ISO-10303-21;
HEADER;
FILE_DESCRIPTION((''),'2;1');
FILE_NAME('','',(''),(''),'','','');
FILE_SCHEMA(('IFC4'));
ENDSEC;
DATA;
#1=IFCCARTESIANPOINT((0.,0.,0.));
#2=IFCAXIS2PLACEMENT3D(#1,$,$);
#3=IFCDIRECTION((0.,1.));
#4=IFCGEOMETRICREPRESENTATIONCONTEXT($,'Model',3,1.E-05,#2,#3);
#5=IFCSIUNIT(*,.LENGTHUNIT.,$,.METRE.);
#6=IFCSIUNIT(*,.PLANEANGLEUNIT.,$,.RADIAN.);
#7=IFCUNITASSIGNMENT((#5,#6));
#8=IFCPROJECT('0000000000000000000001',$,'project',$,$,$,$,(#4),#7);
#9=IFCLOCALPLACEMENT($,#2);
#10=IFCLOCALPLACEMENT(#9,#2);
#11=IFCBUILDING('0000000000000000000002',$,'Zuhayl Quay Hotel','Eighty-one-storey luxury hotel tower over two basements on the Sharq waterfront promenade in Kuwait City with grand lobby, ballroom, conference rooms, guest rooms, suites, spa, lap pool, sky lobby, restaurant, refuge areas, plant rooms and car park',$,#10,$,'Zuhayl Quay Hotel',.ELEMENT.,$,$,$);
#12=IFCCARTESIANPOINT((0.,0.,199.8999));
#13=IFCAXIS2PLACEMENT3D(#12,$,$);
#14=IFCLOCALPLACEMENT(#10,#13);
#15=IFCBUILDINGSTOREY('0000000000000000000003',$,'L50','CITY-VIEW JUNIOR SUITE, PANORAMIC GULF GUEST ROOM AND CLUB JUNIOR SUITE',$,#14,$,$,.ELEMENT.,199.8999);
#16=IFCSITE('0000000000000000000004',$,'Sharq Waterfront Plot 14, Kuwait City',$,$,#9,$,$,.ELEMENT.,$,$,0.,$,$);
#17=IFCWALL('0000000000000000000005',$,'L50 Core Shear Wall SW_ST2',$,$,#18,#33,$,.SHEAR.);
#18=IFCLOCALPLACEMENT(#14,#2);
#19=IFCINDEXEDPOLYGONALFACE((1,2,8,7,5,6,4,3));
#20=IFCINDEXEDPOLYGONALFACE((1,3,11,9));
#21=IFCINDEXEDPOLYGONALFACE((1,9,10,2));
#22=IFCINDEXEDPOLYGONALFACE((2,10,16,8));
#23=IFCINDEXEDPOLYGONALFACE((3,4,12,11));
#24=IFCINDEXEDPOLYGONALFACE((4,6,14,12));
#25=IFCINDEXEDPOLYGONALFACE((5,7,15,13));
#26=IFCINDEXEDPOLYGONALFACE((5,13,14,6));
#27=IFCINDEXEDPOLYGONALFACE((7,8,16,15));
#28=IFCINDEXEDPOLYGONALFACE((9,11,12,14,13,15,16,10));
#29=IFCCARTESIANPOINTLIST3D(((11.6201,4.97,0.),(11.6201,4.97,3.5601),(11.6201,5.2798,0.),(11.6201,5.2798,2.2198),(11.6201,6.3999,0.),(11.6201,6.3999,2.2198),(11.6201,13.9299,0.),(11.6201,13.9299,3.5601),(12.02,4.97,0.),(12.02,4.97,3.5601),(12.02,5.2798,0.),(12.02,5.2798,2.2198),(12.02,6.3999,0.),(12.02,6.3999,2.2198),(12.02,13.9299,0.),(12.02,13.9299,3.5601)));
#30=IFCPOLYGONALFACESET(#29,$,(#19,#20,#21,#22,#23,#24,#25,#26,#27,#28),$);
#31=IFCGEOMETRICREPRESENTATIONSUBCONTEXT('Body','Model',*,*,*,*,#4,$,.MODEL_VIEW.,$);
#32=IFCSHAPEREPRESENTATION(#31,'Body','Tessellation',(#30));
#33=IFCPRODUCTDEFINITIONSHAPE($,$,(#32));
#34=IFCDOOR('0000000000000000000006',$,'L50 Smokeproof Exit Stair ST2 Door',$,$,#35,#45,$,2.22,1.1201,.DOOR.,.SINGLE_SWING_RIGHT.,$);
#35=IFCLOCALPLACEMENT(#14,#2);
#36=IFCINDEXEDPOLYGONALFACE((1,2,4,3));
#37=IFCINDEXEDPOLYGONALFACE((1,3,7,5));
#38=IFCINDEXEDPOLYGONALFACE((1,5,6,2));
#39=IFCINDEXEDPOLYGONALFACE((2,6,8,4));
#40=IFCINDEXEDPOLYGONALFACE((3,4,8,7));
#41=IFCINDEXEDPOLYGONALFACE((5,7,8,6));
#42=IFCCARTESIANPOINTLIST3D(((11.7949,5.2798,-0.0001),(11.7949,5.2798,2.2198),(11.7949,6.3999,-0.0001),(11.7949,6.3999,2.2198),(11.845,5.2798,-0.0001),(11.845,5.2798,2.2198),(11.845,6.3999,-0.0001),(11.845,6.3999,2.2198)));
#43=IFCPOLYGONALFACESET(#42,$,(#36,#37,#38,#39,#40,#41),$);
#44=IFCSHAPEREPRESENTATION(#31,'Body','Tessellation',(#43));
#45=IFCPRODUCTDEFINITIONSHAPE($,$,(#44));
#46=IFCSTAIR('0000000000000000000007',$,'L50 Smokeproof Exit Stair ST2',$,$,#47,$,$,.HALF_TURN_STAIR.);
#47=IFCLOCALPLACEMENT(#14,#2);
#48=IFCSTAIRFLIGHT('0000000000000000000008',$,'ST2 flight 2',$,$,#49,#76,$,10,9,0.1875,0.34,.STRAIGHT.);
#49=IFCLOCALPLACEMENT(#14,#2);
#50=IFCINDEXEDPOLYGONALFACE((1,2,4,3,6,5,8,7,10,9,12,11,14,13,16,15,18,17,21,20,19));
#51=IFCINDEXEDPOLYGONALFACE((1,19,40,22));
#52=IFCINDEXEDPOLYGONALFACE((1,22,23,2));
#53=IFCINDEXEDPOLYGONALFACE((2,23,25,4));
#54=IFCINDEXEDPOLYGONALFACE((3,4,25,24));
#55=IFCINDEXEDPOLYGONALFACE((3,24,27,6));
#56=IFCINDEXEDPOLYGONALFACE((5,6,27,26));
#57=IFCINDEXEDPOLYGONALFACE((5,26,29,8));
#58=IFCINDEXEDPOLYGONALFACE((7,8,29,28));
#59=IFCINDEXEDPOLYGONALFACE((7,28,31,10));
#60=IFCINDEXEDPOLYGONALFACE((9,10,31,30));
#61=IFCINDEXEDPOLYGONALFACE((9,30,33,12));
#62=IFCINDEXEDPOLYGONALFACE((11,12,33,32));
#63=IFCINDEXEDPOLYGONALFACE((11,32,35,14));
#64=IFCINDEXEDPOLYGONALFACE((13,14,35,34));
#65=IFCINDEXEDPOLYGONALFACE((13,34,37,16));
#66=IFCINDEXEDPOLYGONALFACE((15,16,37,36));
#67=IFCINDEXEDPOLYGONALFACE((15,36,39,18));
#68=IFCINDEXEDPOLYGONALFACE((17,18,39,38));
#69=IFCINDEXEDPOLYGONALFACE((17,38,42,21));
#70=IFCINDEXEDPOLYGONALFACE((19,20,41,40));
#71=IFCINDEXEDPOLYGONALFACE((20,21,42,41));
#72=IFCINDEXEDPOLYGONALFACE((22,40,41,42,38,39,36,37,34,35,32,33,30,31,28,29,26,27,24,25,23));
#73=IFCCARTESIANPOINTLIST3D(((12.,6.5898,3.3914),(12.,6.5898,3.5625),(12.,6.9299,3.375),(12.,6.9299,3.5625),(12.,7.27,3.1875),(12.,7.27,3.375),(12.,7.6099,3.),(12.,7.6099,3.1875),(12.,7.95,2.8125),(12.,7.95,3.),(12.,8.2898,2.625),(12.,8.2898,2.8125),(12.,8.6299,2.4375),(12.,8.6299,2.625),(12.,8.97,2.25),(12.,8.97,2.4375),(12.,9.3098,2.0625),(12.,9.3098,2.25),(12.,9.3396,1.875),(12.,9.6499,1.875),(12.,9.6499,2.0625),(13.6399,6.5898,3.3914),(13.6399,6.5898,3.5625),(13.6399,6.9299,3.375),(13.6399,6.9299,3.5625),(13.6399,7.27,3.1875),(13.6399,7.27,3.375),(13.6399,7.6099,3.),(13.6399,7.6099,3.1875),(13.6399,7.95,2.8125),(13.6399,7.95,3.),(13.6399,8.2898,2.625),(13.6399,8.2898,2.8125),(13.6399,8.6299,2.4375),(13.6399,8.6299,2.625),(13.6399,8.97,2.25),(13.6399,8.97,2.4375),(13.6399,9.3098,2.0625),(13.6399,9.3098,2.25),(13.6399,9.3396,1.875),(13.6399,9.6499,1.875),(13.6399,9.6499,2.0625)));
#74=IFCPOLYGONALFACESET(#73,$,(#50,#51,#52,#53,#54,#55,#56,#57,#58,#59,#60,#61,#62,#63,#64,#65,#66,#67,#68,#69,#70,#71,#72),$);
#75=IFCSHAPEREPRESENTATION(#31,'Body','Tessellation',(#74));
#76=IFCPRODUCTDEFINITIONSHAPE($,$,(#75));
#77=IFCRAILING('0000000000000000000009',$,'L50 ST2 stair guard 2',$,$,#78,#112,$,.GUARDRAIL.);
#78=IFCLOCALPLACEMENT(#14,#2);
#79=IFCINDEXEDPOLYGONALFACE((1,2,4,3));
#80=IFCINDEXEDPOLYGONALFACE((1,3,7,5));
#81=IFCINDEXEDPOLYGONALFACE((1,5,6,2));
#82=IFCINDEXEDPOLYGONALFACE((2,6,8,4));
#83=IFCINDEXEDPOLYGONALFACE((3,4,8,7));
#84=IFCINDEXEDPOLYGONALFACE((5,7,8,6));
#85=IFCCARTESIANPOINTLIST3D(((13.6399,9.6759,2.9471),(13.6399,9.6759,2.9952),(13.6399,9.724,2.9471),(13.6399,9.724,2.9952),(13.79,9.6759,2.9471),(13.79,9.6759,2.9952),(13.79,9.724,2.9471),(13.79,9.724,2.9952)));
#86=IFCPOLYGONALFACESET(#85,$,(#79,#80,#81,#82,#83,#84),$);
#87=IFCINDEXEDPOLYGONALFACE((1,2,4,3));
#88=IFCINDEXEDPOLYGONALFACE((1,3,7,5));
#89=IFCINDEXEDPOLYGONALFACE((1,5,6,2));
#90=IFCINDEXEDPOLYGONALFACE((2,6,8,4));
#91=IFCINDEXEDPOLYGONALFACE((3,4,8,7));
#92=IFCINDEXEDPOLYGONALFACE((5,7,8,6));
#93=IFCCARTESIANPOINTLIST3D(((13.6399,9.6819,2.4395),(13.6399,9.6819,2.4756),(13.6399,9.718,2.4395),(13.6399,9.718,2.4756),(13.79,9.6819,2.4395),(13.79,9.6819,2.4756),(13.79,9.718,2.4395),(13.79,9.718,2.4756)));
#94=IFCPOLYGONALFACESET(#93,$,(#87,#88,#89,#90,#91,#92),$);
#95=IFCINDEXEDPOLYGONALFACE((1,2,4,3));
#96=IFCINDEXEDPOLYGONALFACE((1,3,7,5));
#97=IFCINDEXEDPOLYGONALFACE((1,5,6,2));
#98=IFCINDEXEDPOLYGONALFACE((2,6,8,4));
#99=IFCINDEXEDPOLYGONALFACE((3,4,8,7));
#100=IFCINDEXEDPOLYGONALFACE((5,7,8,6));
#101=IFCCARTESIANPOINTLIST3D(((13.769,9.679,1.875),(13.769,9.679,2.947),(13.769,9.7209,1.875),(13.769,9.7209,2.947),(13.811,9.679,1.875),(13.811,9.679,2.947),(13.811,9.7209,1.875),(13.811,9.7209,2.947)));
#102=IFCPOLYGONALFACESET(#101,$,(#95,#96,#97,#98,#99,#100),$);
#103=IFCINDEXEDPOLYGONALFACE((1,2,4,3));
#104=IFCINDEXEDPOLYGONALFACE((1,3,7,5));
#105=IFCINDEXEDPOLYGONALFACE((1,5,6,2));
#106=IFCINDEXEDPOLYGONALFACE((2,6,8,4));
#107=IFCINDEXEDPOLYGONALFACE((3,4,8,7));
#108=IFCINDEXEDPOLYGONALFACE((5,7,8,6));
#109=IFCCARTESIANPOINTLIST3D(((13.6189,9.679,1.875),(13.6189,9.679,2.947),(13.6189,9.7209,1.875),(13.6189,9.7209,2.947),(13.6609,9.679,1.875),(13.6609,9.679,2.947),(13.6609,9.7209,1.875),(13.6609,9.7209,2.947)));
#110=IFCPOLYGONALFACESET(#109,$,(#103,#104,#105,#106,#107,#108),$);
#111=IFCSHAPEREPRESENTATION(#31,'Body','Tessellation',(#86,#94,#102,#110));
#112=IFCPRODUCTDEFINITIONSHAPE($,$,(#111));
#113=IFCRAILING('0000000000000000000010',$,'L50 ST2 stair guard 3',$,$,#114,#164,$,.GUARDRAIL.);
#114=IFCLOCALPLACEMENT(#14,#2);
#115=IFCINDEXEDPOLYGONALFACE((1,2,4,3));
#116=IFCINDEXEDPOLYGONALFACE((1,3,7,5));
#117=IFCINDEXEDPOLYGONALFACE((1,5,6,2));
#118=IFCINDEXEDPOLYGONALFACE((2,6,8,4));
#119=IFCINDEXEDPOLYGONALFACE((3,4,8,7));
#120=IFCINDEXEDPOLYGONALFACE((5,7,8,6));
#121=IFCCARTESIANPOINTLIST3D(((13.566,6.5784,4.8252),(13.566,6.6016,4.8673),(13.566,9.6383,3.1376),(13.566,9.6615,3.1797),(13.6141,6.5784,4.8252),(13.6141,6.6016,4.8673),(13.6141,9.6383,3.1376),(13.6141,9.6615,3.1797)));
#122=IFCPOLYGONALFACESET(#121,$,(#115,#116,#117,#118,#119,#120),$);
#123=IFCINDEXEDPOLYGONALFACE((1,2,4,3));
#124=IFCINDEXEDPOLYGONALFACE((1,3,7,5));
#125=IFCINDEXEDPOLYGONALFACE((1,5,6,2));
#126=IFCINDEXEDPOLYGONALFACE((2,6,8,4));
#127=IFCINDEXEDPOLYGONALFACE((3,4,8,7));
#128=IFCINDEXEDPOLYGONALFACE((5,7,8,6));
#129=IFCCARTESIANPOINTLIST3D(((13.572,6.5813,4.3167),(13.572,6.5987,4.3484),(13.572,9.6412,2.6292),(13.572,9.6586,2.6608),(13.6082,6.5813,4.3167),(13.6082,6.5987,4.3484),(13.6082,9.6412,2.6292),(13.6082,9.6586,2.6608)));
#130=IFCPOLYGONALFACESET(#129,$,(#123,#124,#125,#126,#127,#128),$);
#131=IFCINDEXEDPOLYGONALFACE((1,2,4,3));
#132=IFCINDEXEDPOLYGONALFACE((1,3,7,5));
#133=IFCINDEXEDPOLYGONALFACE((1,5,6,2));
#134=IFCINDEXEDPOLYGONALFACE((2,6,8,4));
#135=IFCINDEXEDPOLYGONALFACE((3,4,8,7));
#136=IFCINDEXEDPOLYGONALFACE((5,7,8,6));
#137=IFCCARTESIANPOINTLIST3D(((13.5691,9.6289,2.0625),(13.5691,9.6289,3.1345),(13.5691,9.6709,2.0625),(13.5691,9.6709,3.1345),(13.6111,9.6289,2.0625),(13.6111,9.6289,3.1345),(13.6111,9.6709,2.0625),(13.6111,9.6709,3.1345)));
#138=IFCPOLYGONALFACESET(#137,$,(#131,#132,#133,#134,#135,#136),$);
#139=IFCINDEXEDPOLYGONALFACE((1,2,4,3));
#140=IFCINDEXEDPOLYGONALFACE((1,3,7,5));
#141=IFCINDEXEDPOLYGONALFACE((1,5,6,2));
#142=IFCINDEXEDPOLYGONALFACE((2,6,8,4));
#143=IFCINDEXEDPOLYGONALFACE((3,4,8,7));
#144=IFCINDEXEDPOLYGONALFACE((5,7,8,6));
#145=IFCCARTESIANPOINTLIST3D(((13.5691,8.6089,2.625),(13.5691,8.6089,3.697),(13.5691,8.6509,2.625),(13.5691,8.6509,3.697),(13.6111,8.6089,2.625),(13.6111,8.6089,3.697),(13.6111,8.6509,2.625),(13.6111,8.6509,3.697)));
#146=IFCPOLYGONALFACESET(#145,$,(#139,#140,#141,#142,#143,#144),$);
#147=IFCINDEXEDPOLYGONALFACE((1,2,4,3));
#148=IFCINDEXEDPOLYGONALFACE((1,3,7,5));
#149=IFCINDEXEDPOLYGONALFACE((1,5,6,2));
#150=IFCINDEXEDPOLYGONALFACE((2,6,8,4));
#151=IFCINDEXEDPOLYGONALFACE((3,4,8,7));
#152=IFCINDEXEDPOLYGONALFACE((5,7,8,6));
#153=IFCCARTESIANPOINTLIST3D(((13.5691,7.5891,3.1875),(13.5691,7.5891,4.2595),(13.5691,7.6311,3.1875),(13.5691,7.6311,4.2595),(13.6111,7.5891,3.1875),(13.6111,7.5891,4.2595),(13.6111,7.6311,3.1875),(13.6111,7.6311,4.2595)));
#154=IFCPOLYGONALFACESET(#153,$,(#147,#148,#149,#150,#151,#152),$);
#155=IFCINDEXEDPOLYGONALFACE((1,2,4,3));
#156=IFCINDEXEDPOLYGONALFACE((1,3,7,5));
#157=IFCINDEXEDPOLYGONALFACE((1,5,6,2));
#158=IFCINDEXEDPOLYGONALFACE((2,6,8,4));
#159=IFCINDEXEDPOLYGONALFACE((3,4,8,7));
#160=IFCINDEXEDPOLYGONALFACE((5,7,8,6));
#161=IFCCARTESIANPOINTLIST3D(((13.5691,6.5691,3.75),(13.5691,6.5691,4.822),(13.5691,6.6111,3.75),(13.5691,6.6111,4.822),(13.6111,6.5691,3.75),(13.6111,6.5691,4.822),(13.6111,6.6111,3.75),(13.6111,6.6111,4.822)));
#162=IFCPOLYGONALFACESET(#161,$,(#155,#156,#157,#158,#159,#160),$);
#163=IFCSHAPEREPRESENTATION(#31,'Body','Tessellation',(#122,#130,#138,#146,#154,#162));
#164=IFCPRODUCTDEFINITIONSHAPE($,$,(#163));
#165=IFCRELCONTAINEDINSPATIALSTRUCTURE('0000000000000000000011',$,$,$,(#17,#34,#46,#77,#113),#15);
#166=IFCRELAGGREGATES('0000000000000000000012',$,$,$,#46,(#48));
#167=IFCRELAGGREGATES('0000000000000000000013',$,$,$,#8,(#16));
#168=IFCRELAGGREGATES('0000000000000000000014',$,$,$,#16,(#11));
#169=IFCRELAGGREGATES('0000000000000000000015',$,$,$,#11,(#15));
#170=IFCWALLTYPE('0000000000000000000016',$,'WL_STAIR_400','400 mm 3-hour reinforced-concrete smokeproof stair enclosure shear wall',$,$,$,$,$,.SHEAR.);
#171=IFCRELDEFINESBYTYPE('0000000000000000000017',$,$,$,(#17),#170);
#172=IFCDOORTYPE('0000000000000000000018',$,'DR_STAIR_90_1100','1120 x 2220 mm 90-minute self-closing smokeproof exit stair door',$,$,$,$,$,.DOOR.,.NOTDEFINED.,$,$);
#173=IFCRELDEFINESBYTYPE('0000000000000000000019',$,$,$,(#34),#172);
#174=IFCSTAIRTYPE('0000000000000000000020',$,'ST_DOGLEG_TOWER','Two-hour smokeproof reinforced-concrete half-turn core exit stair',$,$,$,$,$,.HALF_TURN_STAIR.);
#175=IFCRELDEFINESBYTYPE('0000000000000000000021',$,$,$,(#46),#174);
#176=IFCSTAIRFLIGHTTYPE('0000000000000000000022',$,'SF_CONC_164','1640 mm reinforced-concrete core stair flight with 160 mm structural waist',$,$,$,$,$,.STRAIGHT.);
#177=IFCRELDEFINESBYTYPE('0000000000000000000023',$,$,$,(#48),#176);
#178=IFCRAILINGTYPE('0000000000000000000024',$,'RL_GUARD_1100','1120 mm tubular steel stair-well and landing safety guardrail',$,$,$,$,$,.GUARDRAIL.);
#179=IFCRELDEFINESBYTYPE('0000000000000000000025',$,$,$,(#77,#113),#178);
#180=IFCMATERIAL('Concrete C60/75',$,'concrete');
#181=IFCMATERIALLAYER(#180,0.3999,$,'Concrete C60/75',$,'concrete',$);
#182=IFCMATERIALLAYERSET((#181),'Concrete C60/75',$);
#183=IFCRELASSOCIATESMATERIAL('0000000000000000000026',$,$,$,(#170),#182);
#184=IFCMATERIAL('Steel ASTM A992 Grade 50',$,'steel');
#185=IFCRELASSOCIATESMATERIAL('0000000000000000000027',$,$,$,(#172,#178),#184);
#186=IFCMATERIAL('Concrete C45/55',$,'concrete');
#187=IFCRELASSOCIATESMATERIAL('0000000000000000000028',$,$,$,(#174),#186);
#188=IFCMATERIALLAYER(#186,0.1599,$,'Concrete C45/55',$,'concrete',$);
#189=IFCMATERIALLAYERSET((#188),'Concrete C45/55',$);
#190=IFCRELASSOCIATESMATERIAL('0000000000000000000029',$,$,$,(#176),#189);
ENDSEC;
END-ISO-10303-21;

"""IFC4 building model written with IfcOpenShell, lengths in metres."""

from ifc_helpers import new_model, si_unit, direction, frame, frame_2d, origin, origin_2d, place, context, subcontext, project, spatial, polyline, rectangle, outline, extrude, material, layer, layer_set, type_object, element, fill, aggregate, save


model = new_model("IFC4")

# Units and contexts
model_context = context("Model", 3, precision=1e-05, world=origin(), true_north=direction((0.0, 1.0)))
body_context = subcontext(model_context, "Body", "Model", "MODEL_VIEW")
ifc_project = project(units=[si_unit("LENGTHUNIT", "METRE"), si_unit("PLANEANGLEUNIT", "RADIAN")], contexts=[model_context])

# Site, building, storey
site_placement = place(None, origin())
site = spatial("IfcSite", under=ifc_project, at=site_placement, Name="Sharq Waterfront Plot 14, Kuwait City", CompositionType="ELEMENT", RefElevation=0.0)
building_placement = place(site_placement, origin())
building = spatial("IfcBuilding", under=site, at=building_placement, Name="Zuhayl Quay Hotel", Description="Eighty-one-storey luxury hotel tower over two basements on the Sharq waterfront promenade in Kuwait City with grand lobby, ballroom, conference rooms, guest rooms, suites, spa, lap pool, sky lobby, restaurant, refuge areas, plant rooms and car park", LongName="Zuhayl Quay Hotel", CompositionType="ELEMENT")
storey_placement = place(building_placement, frame((0.0, 0.0, 199.8999)))
storey = spatial("IfcBuildingStorey", under=building, at=storey_placement, Name="L50", Description="CITY-VIEW JUNIOR SUITE, PANORAMIC GULF GUEST ROOM AND CLUB JUNIOR SUITE", CompositionType="ELEMENT", Elevation=199.8999)

# Shared definitions
ifc_material_1 = material(Name="Concrete C60/75", Category="concrete")

# Shared definitions
ifc_material_2 = material(Name="Steel ASTM A992 Grade 50", Category="steel")

# Wall, opening, door
ifc_layer_1 = layer(ifc_material_1, 0.3999, Name="Concrete C60/75", Category="concrete")
ifc_layer_set_1 = layer_set([ifc_layer_1], Name="Concrete C60/75")
wall_type_1 = type_object("IfcWallType", Name="WL_STAIR_400", Description="400 mm 3-hour reinforced-concrete smokeproof stair enclosure shear wall", PredefinedType="SHEAR", material=ifc_layer_set_1)
wall_1_placement = place(storey_placement, frame((11.8201, 13.9299, 0.0), z_axis=(0.0, 0.0, 1.0), x_axis=(0.0, -1.0, 0.0)))
wall_1 = element("IfcWall", 1, at=wall_1_placement, inside=storey, type_object=wall_type_1, Name="L50 Core Shear Wall SW_ST2", PredefinedType="SHEAR", context=body_context, shape_type="SweptSolid", body=[
    extrude(rectangle(XDim=8.96, YDim=0.3999, at=frame_2d((4.48, 0.0))), origin(), (0.0, 0.0, 1.0), 3.5601),
])
opening_1_placement = place(wall_1_placement, frame((7.53, 0.0, 0.0)))
opening_1 = element("IfcOpeningElement", 2, at=opening_1_placement, cuts=wall_1, PredefinedType="OPENING", context=body_context, shape_type="SweptSolid", body=[
    extrude(rectangle(XDim=1.1201, YDim=2.22, at=frame_2d((0.5601, 1.1099))), frame((0.0, 0.21, 0.0), z_axis=(0.0, -1.0, 0.0), x_axis=(1.0, 0.0, 0.0)), (0.0, 0.0, 1.0), 0.4199),
])
door_type_1 = type_object("IfcDoorType", Name="DR_STAIR_90_1100", Description="1120 x 2220 mm 90-minute self-closing smokeproof exit stair door", OperationType="NOTDEFINED", PredefinedType="DOOR", material=ifc_material_2)
door_1_placement = place(opening_1_placement, origin())
door_1 = element("IfcDoor", 3, at=door_1_placement, inside=storey, type_object=door_type_1, Name="L50 Smokeproof Exit Stair ST2 Door", OperationType="SINGLE_SWING_RIGHT", OverallHeight=2.22, OverallWidth=1.1201, PredefinedType="DOOR", context=body_context, shape_type="SweptSolid", body=[
    extrude(rectangle(XDim=1.1201, YDim=2.22, at=frame_2d((0.5601, 1.1099))), frame((0.0, 0.0249, 0.0), z_axis=(0.0, -1.0, 0.0), x_axis=(1.0, 0.0, 0.0)), (0.0, 0.0, 1.0), 0.05),
])
fill(opening_1, door_1)

# Stair, stair flight
ifc_material_3 = material(Name="Concrete C45/55", Category="concrete")
stair_type = type_object("IfcStairType", Name="ST_DOGLEG_TOWER", Description="Two-hour smokeproof reinforced-concrete half-turn core exit stair", PredefinedType="HALF_TURN_STAIR", material=ifc_material_3)
stair_placement = place(storey_placement, origin())
stair = element("IfcStair", 4, at=stair_placement, inside=storey, type_object=stair_type, Name="L50 Smokeproof Exit Stair ST2", PredefinedType="HALF_TURN_STAIR")
ifc_layer_2 = layer(ifc_material_3, 0.1599, Name="Concrete C45/55", Category="concrete")
ifc_layer_set_2 = layer_set([ifc_layer_2], Name="Concrete C45/55")
stair_flight_type = type_object("IfcStairFlightType", Name="SF_CONC_164", Description="1640 mm reinforced-concrete core stair flight with 160 mm structural waist", PredefinedType="STRAIGHT", material=ifc_layer_set_2)
stair_flight_placement = place(storey_placement, frame((12.8201, 9.6499, 1.875), z_axis=(0.0, 0.0, 1.0), x_axis=(0.0, -1.0, 0.0)))
stair_flight = element("IfcStairFlight", 5, at=stair_flight_placement, type_object=stair_flight_type, Name="ST2 flight 2", NumberOfRisers=10, NumberOfTreads=9, PredefinedType="STRAIGHT", RiserHeight=0.1875, TreadLength=0.34, context=body_context, shape_type="SweptSolid", body=[
    extrude(outline(polyline([(0.0, 0.0), (0.0, 0.1875), (0.3401, 0.1875), (0.3401, 0.375), (0.6799, 0.375), (0.6799, 0.5625), (1.02, 0.5625), (1.02, 0.75), (1.3601, 0.75), (1.3601, 0.9375), (1.7, 0.9375), (1.7, 1.125), (2.04, 1.125), (2.04, 1.3125), (2.3799, 1.3125), (2.3799, 1.5), (2.72, 1.5), (2.72, 1.6875), (3.0601, 1.6875), (3.0601, 1.875), (3.0601, 1.5164), (0.3103, 0.0), (0.0, 0.0)])), frame((0.0, 0.8198, 0.0), z_axis=(0.0, -1.0, 0.0), x_axis=(1.0, 0.0, 0.0)), (0.0, 0.0, 1.0), 1.6399),
])
aggregate(stair, [stair_flight])

# Railings
railing_type_1 = type_object("IfcRailingType", Name="RL_GUARD_1100", Description="1120 mm tubular steel stair-well and landing safety guardrail", PredefinedType="GUARDRAIL", material=ifc_material_2)
railing_1_placement = place(storey_placement, frame((13.79, 9.7, 1.875)))
element("IfcRailing", 6, at=railing_1_placement, inside=storey, type_object=railing_type_1, Name="L50 ST2 stair guard 2", PredefinedType="GUARDRAIL", context=body_context, shape_type="SweptSolid", body=[
    extrude(rectangle(XDim=0.0481, YDim=0.0481, at=origin_2d()), frame((0.0, 0.0, 1.0962), z_axis=(-1.0, 0.0, 0.0), x_axis=(0.0, -1.0, 0.0)), (0.0, 0.0, 1.0), 0.1501),
    extrude(rectangle(XDim=0.0361, YDim=0.0361, at=origin_2d()), frame((0.0, 0.0, 0.5825), z_axis=(-1.0, 0.0, 0.0), x_axis=(0.0, -1.0, 0.0)), (0.0, 0.0, 1.0), 0.1501),
    extrude(rectangle(XDim=0.042, YDim=0.042, at=origin_2d()), origin(), (0.0, 0.0, 1.0), 1.072),
    extrude(rectangle(XDim=0.042, YDim=0.042, at=origin_2d()), frame((-0.1501, 0.0, 0.0)), (0.0, 0.0, 1.0), 1.072),
])
railing_2_placement = place(storey_placement, frame((13.5901, 9.6499, 2.0625)))
element("IfcRailing", 7, at=railing_2_placement, inside=storey, type_object=railing_type_1, Name="L50 ST2 stair guard 3", PredefinedType="GUARDRAIL", context=body_context, shape_type="SweptSolid", body=[
    extrude(rectangle(XDim=0.0481, YDim=0.0481, at=origin_2d()), frame((0.0, 0.0, 1.0962), z_axis=(0.0, -0.875659, 0.48293), x_axis=(1.0, 0.0, 0.0)), (0.0, 0.0, 1.0), 3.4944),
    extrude(rectangle(XDim=0.0361, YDim=0.0361, at=origin_2d()), frame((0.0, 0.0, 0.5825), z_axis=(0.0, -0.875659, 0.48293), x_axis=(1.0, 0.0, 0.0)), (0.0, 0.0, 1.0), 3.4944),
    extrude(rectangle(XDim=0.042, YDim=0.042, at=origin_2d()), origin(), (0.0, 0.0, 1.0), 1.072),
    extrude(rectangle(XDim=0.042, YDim=0.042, at=origin_2d()), frame((0.0, -1.02, 0.5625)), (0.0, 0.0, 1.0), 1.072),
    extrude(rectangle(XDim=0.042, YDim=0.042, at=origin_2d()), frame((0.0, -2.0398, 1.125)), (0.0, 0.0, 1.0), 1.072),
    extrude(rectangle(XDim=0.042, YDim=0.042, at=origin_2d()), frame((0.0, -3.0598, 1.6875)), (0.0, 0.0, 1.0), 1.072),
])

save(model, "model.ifc")
